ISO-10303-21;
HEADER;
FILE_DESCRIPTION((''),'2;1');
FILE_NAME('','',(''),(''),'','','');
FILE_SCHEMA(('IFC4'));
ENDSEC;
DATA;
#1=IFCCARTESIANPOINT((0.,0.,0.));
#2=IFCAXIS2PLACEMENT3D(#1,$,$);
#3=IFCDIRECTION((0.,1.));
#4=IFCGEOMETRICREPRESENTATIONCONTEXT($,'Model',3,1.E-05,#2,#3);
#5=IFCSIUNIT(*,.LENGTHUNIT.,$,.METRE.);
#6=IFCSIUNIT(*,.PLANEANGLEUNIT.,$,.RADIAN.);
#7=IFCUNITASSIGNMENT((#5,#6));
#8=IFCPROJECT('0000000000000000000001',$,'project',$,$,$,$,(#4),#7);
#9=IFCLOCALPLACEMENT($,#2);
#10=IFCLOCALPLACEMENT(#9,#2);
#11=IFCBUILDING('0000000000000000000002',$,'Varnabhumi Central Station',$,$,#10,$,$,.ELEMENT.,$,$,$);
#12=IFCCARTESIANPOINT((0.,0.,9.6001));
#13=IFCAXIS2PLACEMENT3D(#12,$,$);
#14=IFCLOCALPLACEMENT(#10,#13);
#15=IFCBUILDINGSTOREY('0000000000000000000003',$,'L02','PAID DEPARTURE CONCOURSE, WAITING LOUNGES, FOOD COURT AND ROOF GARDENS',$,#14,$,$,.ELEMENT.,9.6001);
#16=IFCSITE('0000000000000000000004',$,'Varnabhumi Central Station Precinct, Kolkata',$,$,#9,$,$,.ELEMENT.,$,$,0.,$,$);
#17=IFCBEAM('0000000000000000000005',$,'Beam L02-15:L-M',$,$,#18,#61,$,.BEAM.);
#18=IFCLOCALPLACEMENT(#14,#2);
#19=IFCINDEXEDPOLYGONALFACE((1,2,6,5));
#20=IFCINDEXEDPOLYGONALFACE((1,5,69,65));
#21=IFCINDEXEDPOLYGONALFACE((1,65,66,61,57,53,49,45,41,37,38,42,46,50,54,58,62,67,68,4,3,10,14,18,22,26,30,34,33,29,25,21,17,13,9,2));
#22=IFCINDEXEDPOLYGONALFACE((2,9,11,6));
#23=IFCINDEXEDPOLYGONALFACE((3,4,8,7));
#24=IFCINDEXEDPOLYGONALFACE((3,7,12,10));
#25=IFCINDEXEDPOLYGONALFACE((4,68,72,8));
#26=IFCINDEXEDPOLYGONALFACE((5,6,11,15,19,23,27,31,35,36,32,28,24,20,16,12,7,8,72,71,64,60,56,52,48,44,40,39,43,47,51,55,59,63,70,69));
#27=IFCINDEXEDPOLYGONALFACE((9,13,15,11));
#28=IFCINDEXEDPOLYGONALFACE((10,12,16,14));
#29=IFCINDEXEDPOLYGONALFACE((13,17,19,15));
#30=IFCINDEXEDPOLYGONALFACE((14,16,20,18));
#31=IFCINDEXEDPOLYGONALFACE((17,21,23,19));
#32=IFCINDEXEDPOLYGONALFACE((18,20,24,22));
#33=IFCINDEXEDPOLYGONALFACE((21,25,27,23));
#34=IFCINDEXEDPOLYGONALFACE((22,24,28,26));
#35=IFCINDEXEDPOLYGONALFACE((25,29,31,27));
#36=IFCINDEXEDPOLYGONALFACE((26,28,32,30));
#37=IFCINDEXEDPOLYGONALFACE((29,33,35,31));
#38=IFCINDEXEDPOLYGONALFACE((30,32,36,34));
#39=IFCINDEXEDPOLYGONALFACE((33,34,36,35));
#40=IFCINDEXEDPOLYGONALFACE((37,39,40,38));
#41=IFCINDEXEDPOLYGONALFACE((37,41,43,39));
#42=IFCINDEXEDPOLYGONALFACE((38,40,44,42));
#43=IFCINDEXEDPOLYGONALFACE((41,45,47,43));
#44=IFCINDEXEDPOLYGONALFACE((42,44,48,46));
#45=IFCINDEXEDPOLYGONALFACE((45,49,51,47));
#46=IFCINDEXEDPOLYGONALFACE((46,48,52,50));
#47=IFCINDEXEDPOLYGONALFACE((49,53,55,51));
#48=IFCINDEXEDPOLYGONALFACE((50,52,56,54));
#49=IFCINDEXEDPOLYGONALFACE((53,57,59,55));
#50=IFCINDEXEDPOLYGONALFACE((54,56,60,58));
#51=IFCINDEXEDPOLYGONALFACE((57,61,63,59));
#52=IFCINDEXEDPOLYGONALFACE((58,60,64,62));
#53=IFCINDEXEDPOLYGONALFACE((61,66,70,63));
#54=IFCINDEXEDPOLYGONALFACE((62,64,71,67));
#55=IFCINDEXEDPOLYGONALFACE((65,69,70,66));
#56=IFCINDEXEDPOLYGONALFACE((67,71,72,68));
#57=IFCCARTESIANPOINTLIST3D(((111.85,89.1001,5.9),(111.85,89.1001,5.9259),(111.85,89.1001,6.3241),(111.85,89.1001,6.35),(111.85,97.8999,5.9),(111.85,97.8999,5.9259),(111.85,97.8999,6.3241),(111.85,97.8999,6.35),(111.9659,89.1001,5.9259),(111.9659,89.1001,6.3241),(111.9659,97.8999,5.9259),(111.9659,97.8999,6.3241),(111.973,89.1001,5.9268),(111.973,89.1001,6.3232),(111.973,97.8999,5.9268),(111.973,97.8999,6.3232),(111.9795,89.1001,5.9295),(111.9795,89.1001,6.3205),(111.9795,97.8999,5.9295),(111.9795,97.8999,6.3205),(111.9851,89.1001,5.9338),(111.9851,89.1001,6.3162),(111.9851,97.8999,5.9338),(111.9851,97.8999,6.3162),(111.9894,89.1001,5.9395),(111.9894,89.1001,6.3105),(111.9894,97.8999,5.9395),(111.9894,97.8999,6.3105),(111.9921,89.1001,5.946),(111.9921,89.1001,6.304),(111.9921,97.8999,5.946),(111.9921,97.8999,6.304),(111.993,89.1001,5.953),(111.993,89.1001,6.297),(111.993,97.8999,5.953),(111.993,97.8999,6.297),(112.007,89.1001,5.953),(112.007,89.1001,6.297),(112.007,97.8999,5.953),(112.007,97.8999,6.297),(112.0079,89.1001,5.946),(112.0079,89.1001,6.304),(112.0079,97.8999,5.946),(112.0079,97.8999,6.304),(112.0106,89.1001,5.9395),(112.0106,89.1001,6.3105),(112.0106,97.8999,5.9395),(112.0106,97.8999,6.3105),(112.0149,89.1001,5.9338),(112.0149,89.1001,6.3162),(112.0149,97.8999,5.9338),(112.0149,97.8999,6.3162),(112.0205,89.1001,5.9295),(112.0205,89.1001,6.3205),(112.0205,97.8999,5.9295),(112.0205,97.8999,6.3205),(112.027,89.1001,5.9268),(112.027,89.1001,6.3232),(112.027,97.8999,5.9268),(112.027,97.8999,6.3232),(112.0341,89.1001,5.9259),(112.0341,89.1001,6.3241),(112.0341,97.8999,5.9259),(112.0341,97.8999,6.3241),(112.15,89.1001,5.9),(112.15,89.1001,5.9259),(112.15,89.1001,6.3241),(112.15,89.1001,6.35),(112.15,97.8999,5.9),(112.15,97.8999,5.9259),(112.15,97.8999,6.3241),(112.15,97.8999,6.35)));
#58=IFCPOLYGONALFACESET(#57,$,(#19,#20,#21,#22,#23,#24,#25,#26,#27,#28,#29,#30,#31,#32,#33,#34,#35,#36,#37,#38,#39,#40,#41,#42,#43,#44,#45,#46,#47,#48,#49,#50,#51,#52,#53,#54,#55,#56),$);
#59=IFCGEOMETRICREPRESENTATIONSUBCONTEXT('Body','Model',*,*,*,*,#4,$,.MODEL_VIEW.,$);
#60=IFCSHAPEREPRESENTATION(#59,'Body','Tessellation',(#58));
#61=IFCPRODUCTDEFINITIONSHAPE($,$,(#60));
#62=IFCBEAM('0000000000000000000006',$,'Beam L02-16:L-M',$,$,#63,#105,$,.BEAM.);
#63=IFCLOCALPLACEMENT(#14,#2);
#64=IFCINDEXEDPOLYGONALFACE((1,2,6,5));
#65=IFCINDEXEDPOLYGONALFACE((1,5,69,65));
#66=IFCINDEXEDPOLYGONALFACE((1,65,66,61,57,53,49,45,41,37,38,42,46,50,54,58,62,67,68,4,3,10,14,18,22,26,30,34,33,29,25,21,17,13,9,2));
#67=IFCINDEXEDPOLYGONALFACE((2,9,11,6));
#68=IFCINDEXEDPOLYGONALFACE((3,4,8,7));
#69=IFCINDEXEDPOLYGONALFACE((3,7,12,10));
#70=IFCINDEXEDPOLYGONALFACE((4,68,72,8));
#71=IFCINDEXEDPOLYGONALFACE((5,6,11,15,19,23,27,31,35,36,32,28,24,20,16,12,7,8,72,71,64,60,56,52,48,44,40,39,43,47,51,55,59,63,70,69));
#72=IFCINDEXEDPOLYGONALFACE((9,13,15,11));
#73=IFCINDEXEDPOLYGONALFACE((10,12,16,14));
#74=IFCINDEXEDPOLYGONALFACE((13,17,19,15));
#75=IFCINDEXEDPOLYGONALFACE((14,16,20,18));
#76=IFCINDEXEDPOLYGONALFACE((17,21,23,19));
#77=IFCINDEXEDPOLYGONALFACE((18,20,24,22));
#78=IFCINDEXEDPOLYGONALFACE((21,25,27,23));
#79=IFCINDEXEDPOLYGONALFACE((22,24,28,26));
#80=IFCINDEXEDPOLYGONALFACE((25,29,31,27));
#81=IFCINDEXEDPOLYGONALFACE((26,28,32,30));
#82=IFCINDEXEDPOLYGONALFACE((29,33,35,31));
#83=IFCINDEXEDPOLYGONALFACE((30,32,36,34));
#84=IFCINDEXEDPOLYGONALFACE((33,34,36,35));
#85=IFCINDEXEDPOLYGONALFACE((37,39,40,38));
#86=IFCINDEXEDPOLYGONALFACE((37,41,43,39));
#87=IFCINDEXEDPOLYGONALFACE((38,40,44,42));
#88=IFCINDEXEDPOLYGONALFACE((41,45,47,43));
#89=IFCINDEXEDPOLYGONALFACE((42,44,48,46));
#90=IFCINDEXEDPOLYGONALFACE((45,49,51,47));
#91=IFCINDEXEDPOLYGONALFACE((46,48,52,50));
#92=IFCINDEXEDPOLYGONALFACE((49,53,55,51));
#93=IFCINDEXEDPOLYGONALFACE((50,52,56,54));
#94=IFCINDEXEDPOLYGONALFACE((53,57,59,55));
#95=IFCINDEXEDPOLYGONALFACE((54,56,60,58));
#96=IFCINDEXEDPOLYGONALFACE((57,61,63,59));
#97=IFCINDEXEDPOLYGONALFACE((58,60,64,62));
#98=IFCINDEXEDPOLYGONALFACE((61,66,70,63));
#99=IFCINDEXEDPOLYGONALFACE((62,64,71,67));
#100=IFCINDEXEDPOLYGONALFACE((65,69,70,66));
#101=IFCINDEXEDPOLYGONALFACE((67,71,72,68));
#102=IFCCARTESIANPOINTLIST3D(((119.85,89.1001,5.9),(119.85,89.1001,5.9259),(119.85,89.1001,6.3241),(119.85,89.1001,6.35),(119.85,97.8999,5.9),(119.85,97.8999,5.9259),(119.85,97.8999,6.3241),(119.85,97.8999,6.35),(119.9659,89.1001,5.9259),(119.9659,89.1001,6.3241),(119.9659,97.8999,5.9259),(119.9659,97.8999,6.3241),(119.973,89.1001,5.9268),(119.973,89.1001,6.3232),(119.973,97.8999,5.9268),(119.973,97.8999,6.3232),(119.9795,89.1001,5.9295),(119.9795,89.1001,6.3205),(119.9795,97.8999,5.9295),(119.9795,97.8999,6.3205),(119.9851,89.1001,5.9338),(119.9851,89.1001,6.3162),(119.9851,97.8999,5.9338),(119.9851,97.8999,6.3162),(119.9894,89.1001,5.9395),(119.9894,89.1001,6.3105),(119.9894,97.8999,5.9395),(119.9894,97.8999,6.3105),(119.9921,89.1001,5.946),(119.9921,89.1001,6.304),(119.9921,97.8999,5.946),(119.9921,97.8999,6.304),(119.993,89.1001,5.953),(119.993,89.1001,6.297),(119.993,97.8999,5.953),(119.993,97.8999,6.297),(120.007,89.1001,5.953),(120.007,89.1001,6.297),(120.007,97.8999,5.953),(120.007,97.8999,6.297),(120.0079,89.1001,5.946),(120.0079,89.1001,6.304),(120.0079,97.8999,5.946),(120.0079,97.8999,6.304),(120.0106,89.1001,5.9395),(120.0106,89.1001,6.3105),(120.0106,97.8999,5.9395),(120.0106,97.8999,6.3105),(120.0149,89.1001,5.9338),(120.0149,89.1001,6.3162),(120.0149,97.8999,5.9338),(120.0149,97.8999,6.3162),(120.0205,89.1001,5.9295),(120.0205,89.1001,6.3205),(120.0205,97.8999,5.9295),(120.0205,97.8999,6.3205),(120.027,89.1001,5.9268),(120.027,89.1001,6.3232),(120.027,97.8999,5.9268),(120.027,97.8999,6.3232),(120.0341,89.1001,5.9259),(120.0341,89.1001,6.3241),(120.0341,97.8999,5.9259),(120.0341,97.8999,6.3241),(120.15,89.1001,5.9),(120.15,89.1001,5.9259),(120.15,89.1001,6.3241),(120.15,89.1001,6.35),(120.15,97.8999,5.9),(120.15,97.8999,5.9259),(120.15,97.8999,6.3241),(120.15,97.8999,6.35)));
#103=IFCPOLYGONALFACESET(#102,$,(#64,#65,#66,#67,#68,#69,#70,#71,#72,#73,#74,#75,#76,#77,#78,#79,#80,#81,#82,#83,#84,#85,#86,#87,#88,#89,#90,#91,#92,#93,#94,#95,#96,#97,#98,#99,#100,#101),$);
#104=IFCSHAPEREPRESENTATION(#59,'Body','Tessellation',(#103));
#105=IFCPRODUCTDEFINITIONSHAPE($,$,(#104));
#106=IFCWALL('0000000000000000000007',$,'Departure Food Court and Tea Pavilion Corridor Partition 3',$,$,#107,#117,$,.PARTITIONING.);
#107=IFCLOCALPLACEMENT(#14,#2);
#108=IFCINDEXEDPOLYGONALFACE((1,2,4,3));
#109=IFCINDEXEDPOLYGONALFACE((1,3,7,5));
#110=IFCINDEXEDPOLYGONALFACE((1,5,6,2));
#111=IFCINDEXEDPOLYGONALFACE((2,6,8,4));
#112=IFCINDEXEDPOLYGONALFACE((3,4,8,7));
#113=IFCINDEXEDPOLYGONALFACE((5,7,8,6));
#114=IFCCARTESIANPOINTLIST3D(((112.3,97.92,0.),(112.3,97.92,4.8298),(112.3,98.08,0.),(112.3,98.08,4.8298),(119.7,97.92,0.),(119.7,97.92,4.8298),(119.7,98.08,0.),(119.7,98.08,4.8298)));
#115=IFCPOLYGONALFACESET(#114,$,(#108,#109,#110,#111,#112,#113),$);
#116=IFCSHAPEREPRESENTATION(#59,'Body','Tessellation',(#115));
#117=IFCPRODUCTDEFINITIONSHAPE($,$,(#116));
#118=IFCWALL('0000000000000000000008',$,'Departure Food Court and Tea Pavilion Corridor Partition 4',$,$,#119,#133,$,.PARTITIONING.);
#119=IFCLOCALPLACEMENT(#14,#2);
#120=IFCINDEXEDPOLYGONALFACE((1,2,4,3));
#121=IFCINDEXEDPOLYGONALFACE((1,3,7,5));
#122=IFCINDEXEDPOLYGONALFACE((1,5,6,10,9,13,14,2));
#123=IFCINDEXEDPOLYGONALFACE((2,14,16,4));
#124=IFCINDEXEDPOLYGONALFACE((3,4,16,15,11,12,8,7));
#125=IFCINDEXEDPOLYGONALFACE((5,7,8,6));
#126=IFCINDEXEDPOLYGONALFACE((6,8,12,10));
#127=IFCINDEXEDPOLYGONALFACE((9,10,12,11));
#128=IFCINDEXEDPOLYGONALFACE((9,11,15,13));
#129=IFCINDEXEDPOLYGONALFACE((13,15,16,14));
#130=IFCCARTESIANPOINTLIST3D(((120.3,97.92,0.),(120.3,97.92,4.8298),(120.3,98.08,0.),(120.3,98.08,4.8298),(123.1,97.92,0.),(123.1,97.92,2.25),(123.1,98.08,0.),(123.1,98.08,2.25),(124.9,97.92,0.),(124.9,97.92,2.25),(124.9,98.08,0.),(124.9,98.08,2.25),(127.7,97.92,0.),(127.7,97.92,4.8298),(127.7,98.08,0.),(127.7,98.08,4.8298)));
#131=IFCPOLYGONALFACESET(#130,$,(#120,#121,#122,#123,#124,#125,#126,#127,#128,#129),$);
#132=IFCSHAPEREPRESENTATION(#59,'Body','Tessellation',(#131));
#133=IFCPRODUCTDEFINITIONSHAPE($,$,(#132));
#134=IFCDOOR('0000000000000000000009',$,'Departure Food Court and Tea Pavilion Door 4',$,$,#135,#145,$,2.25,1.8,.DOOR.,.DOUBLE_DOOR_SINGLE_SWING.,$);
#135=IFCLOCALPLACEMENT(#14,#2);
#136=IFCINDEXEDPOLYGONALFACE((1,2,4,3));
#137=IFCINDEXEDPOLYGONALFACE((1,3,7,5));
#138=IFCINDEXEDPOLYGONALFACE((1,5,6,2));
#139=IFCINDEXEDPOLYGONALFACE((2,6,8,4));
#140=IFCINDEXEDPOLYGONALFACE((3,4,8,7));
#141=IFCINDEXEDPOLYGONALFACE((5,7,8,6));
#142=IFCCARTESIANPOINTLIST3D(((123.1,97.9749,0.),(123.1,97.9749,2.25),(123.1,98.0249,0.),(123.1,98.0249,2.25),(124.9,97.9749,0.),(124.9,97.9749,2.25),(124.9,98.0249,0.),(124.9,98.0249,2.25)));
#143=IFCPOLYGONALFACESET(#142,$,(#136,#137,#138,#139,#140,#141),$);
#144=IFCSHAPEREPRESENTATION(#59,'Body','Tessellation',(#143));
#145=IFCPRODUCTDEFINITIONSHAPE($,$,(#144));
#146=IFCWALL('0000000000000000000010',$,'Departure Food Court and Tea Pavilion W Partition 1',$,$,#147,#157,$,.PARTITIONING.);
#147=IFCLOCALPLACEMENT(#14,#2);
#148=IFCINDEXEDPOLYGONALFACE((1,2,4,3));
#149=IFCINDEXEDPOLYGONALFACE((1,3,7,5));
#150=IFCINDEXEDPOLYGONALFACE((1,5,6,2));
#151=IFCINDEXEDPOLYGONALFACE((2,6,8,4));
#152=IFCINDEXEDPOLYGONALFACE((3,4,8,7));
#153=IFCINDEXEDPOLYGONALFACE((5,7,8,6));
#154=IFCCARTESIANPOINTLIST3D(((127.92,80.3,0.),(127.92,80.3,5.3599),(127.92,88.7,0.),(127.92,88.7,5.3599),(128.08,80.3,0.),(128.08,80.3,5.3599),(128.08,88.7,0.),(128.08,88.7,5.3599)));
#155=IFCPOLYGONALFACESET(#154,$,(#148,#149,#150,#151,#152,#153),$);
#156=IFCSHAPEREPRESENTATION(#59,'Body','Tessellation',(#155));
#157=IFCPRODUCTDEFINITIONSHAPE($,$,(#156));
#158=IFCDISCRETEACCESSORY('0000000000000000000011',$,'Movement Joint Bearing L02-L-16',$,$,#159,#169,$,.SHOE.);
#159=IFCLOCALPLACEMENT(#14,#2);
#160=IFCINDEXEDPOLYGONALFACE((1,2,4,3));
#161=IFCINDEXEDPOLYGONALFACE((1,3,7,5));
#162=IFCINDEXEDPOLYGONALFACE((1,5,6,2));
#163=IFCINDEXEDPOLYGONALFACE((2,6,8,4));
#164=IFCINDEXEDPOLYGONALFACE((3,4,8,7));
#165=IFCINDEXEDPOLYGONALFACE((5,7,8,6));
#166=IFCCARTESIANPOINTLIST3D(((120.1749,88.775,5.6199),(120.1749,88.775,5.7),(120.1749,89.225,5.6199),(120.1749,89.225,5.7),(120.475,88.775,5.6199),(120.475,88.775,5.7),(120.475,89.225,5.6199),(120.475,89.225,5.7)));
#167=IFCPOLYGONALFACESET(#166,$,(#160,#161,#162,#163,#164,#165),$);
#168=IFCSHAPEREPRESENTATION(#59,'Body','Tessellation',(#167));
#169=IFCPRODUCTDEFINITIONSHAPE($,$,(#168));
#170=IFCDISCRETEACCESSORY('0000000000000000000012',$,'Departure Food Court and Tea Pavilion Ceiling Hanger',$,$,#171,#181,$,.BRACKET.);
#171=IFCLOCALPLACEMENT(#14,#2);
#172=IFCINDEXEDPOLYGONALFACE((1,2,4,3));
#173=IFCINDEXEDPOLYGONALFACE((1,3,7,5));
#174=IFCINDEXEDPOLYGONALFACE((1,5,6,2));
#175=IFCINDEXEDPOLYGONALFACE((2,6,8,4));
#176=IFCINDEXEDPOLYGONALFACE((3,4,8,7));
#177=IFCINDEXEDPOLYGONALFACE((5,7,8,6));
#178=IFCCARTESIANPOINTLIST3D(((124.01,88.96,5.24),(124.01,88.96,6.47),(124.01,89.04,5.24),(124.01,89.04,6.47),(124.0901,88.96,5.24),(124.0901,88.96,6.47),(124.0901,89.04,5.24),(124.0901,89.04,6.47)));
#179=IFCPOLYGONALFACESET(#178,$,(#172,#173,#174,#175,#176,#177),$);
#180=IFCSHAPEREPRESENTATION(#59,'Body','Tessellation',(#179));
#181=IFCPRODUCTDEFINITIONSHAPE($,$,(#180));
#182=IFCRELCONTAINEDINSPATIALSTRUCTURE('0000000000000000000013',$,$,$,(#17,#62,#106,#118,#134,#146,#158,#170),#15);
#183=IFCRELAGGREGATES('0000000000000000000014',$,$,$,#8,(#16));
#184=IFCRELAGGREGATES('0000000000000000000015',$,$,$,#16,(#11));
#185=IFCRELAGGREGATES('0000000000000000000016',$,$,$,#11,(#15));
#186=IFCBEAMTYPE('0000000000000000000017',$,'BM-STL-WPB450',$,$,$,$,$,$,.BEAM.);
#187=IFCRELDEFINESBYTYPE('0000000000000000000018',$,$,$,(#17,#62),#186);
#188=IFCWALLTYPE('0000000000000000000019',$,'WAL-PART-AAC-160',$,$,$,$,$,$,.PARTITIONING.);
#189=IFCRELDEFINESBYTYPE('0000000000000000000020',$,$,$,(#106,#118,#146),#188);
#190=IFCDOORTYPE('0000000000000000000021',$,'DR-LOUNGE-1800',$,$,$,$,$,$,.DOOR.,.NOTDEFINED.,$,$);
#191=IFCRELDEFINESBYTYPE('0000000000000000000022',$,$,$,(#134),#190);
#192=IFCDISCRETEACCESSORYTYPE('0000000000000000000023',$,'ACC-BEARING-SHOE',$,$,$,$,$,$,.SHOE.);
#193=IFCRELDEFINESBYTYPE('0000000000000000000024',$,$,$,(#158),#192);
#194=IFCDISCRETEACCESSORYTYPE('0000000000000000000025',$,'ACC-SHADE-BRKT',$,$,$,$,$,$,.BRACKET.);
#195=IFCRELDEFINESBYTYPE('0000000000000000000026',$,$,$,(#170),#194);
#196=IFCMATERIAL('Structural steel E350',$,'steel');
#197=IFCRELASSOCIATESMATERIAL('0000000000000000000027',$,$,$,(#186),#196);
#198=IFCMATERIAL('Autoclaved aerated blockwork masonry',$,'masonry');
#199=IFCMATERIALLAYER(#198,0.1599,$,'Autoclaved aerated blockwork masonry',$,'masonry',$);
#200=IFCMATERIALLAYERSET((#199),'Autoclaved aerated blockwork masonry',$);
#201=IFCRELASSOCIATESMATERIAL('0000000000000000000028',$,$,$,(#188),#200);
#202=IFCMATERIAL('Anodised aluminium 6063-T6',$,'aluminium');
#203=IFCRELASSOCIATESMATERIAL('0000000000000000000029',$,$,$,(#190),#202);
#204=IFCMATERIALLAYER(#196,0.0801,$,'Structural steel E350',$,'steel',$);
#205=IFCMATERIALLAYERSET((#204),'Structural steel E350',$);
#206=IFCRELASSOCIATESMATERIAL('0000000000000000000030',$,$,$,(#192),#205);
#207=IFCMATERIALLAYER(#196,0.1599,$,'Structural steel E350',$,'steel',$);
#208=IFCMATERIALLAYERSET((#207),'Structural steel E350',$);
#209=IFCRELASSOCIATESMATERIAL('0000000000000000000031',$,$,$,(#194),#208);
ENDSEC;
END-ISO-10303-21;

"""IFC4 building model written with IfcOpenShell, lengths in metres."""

from ifc_helpers import new_model, si_unit, direction, frame, frame_2d, origin, origin_2d, place, context, subcontext, project, spatial, rectangle, i_section, extrude, material, layer, layer_set, material_profile, profile_set, type_object, element, fill, save


model = new_model("IFC4")

# Units and contexts
model_context = context("Model", 3, precision=1e-05, world=origin(), true_north=direction((0.0, 1.0)))
body_context = subcontext(model_context, "Body", "Model", "MODEL_VIEW")
ifc_project = project(units=[si_unit("LENGTHUNIT", "METRE"), si_unit("PLANEANGLEUNIT", "RADIAN")], contexts=[model_context])

# Site, building, storey
site_placement = place(None, origin())
site = spatial("IfcSite", under=ifc_project, at=site_placement, Name="Varnabhumi Central Station Precinct, Kolkata", CompositionType="ELEMENT", RefElevation=0.0)
building_placement = place(site_placement, origin())
building = spatial("IfcBuilding", under=site, at=building_placement, Name="Varnabhumi Central Station", CompositionType="ELEMENT")
storey_placement = place(building_placement, frame((0.0, 0.0, 9.6001)))
storey = spatial("IfcBuildingStorey", under=building, at=storey_placement, Name="L02", Description="PAID DEPARTURE CONCOURSE, WAITING LOUNGES, FOOD COURT AND ROOF GARDENS", CompositionType="ELEMENT", Elevation=9.6001)

# Beams
ifc_material_1 = material(Name="Structural steel E350", Category="steel")
ifc_material_profile_1 = material_profile(ifc_material_1, i_section(OverallWidth=0.3, OverallDepth=0.45, WebThickness=0.0139, FlangeThickness=0.0259, FilletRadius=0.0271, at=origin_2d()), Name="Structural steel E350", Category="steel")
ifc_profile_set_1 = profile_set([ifc_material_profile_1], Name="Structural steel E350")
beam_type_1 = type_object("IfcBeamType", Name="BM-STL-WPB450", PredefinedType="BEAM", material=ifc_profile_set_1)
for number, where, z_axis, x_axis, name in (
    (1, (112.0, 89.1001, 6.125), (0.0, 1.0, 0.0), (-1.0, 0.0, 0.0), "Beam L02-15:L-M"),
    (2, (120.0, 89.1001, 6.125), (0.0, 1.0, 0.0), (-1.0, 0.0, 0.0), "Beam L02-16:L-M"),
):
    element("IfcBeam", number, at=place(storey_placement, frame(where, z_axis=z_axis, x_axis=x_axis)), inside=storey, type_object=beam_type_1, Name=name, PredefinedType="BEAM", context=body_context, shape_type="SweptSolid", body=[
        extrude(i_section(OverallWidth=0.3, OverallDepth=0.45, WebThickness=0.0139, FlangeThickness=0.0259, FilletRadius=0.0271, at=origin_2d()), origin(), (0.0, 0.0, 1.0), 8.7998),
    ])

# Wall
ifc_material_2 = material(Name="Autoclaved aerated blockwork masonry", Category="masonry")
ifc_layer_1 = layer(ifc_material_2, 0.1599, Name="Autoclaved aerated blockwork masonry", Category="masonry")
ifc_layer_set_1 = layer_set([ifc_layer_1], Name="Autoclaved aerated blockwork masonry")
wall_type = type_object("IfcWallType", Name="WAL-PART-AAC-160", PredefinedType="PARTITIONING", material=ifc_layer_set_1)
wall_1_placement = place(storey_placement, frame((112.3, 98.0, 0.0), z_axis=(0.0, 0.0, 1.0), x_axis=(1.0, 0.0, 0.0)))
element("IfcWall", 3, at=wall_1_placement, inside=storey, type_object=wall_type, Name="Departure Food Court and Tea Pavilion Corridor Partition 3", PredefinedType="PARTITIONING", context=body_context, shape_type="SweptSolid", body=[
    extrude(rectangle(XDim=7.3999, YDim=0.1599, at=frame_2d((3.7, 0.0))), origin(), (0.0, 0.0, 1.0), 4.8298),
])

# Wall, opening, door
wall_2_placement = place(storey_placement, frame((120.3, 98.0, 0.0), z_axis=(0.0, 0.0, 1.0), x_axis=(1.0, 0.0, 0.0)))
wall_2 = element("IfcWall", 4, at=wall_2_placement, inside=storey, type_object=wall_type, Name="Departure Food Court and Tea Pavilion Corridor Partition 4", PredefinedType="PARTITIONING", context=body_context, shape_type="SweptSolid", body=[
    extrude(rectangle(XDim=7.3999, YDim=0.1599, at=frame_2d((3.7, 0.0))), origin(), (0.0, 0.0, 1.0), 4.8298),
])
opening_placement = place(wall_2_placement, frame((2.8, 0.0, 0.0)))
opening = element("IfcOpeningElement", 5, at=opening_placement, cuts=wall_2, PredefinedType="OPENING", context=body_context, shape_type="SweptSolid", body=[
    extrude(rectangle(XDim=1.8, YDim=2.25, at=frame_2d((0.8999, 1.125))), frame((0.0, 0.0898, 0.0), z_axis=(0.0, -1.0, 0.0), x_axis=(1.0, 0.0, 0.0)), (0.0, 0.0, 1.0), 0.1799),
])
ifc_material_3 = material(Name="Anodised aluminium 6063-T6", Category="aluminium")
door_type = type_object("IfcDoorType", Name="DR-LOUNGE-1800", OperationType="NOTDEFINED", PredefinedType="DOOR", material=ifc_material_3)
door_placement = place(opening_placement, origin())
door = element("IfcDoor", 6, at=door_placement, inside=storey, type_object=door_type, Name="Departure Food Court and Tea Pavilion Door 4", OperationType="DOUBLE_DOOR_SINGLE_SWING", OverallHeight=2.25, OverallWidth=1.8, PredefinedType="DOOR", context=body_context, shape_type="SweptSolid", body=[
    extrude(rectangle(XDim=1.8, YDim=2.25, at=frame_2d((0.8999, 1.125))), frame((0.0, 0.0249, 0.0), z_axis=(0.0, -1.0, 0.0), x_axis=(1.0, 0.0, 0.0)), (0.0, 0.0, 1.0), 0.05),
])
fill(opening, door)

# Wall
wall_3_placement = place(storey_placement, frame((128.0, 80.3, 0.0), z_axis=(0.0, 0.0, 1.0), x_axis=(0.0, 1.0, 0.0)))
element("IfcWall", 7, at=wall_3_placement, inside=storey, type_object=wall_type, Name="Departure Food Court and Tea Pavilion W Partition 1", PredefinedType="PARTITIONING", context=body_context, shape_type="SweptSolid", body=[
    extrude(rectangle(XDim=8.3999, YDim=0.1599, at=frame_2d((4.2, 0.0))), origin(), (0.0, 0.0, 1.0), 5.3599),
])

# Discrete accessories
ifc_layer_2 = layer(ifc_material_1, 0.0801, Name="Structural steel E350", Category="steel")
ifc_layer_set_2 = layer_set([ifc_layer_2], Name="Structural steel E350")
discrete_accessory_type_1 = type_object("IfcDiscreteAccessoryType", Name="ACC-BEARING-SHOE", PredefinedType="SHOE", material=ifc_layer_set_2)
discrete_accessory_1_placement = place(storey_placement, frame((120.325, 89.0, 5.6199), z_axis=(0.0, 0.0, 1.0), x_axis=(1.0, 0.0, 0.0)))
element("IfcDiscreteAccessory", 8, at=discrete_accessory_1_placement, inside=storey, type_object=discrete_accessory_type_1, Name="Movement Joint Bearing L02-L-16", PredefinedType="SHOE", context=body_context, shape_type="SweptSolid", body=[
    extrude(rectangle(XDim=0.3, YDim=0.45, at=origin_2d()), origin(), (0.0, 0.0, 1.0), 0.0801),
])
ifc_layer_3 = layer(ifc_material_1, 0.1599, Name="Structural steel E350", Category="steel")
ifc_layer_set_3 = layer_set([ifc_layer_3], Name="Structural steel E350")
discrete_accessory_type_2 = type_object("IfcDiscreteAccessoryType", Name="ACC-SHADE-BRKT", PredefinedType="BRACKET", material=ifc_layer_set_3)
discrete_accessory_2_placement = place(storey_placement, frame((124.05, 89.0, 5.24), z_axis=(0.0, 0.0, 1.0), x_axis=(1.0, 0.0, 0.0)))
element("IfcDiscreteAccessory", 9, at=discrete_accessory_2_placement, inside=storey, type_object=discrete_accessory_type_2, Name="Departure Food Court and Tea Pavilion Ceiling Hanger", PredefinedType="BRACKET", context=body_context, shape_type="SweptSolid", body=[
    extrude(rectangle(XDim=0.0801, YDim=0.0801, at=origin_2d()), origin(), (0.0, 0.0, 1.0), 1.23),
])

save(model, "model.ifc")
